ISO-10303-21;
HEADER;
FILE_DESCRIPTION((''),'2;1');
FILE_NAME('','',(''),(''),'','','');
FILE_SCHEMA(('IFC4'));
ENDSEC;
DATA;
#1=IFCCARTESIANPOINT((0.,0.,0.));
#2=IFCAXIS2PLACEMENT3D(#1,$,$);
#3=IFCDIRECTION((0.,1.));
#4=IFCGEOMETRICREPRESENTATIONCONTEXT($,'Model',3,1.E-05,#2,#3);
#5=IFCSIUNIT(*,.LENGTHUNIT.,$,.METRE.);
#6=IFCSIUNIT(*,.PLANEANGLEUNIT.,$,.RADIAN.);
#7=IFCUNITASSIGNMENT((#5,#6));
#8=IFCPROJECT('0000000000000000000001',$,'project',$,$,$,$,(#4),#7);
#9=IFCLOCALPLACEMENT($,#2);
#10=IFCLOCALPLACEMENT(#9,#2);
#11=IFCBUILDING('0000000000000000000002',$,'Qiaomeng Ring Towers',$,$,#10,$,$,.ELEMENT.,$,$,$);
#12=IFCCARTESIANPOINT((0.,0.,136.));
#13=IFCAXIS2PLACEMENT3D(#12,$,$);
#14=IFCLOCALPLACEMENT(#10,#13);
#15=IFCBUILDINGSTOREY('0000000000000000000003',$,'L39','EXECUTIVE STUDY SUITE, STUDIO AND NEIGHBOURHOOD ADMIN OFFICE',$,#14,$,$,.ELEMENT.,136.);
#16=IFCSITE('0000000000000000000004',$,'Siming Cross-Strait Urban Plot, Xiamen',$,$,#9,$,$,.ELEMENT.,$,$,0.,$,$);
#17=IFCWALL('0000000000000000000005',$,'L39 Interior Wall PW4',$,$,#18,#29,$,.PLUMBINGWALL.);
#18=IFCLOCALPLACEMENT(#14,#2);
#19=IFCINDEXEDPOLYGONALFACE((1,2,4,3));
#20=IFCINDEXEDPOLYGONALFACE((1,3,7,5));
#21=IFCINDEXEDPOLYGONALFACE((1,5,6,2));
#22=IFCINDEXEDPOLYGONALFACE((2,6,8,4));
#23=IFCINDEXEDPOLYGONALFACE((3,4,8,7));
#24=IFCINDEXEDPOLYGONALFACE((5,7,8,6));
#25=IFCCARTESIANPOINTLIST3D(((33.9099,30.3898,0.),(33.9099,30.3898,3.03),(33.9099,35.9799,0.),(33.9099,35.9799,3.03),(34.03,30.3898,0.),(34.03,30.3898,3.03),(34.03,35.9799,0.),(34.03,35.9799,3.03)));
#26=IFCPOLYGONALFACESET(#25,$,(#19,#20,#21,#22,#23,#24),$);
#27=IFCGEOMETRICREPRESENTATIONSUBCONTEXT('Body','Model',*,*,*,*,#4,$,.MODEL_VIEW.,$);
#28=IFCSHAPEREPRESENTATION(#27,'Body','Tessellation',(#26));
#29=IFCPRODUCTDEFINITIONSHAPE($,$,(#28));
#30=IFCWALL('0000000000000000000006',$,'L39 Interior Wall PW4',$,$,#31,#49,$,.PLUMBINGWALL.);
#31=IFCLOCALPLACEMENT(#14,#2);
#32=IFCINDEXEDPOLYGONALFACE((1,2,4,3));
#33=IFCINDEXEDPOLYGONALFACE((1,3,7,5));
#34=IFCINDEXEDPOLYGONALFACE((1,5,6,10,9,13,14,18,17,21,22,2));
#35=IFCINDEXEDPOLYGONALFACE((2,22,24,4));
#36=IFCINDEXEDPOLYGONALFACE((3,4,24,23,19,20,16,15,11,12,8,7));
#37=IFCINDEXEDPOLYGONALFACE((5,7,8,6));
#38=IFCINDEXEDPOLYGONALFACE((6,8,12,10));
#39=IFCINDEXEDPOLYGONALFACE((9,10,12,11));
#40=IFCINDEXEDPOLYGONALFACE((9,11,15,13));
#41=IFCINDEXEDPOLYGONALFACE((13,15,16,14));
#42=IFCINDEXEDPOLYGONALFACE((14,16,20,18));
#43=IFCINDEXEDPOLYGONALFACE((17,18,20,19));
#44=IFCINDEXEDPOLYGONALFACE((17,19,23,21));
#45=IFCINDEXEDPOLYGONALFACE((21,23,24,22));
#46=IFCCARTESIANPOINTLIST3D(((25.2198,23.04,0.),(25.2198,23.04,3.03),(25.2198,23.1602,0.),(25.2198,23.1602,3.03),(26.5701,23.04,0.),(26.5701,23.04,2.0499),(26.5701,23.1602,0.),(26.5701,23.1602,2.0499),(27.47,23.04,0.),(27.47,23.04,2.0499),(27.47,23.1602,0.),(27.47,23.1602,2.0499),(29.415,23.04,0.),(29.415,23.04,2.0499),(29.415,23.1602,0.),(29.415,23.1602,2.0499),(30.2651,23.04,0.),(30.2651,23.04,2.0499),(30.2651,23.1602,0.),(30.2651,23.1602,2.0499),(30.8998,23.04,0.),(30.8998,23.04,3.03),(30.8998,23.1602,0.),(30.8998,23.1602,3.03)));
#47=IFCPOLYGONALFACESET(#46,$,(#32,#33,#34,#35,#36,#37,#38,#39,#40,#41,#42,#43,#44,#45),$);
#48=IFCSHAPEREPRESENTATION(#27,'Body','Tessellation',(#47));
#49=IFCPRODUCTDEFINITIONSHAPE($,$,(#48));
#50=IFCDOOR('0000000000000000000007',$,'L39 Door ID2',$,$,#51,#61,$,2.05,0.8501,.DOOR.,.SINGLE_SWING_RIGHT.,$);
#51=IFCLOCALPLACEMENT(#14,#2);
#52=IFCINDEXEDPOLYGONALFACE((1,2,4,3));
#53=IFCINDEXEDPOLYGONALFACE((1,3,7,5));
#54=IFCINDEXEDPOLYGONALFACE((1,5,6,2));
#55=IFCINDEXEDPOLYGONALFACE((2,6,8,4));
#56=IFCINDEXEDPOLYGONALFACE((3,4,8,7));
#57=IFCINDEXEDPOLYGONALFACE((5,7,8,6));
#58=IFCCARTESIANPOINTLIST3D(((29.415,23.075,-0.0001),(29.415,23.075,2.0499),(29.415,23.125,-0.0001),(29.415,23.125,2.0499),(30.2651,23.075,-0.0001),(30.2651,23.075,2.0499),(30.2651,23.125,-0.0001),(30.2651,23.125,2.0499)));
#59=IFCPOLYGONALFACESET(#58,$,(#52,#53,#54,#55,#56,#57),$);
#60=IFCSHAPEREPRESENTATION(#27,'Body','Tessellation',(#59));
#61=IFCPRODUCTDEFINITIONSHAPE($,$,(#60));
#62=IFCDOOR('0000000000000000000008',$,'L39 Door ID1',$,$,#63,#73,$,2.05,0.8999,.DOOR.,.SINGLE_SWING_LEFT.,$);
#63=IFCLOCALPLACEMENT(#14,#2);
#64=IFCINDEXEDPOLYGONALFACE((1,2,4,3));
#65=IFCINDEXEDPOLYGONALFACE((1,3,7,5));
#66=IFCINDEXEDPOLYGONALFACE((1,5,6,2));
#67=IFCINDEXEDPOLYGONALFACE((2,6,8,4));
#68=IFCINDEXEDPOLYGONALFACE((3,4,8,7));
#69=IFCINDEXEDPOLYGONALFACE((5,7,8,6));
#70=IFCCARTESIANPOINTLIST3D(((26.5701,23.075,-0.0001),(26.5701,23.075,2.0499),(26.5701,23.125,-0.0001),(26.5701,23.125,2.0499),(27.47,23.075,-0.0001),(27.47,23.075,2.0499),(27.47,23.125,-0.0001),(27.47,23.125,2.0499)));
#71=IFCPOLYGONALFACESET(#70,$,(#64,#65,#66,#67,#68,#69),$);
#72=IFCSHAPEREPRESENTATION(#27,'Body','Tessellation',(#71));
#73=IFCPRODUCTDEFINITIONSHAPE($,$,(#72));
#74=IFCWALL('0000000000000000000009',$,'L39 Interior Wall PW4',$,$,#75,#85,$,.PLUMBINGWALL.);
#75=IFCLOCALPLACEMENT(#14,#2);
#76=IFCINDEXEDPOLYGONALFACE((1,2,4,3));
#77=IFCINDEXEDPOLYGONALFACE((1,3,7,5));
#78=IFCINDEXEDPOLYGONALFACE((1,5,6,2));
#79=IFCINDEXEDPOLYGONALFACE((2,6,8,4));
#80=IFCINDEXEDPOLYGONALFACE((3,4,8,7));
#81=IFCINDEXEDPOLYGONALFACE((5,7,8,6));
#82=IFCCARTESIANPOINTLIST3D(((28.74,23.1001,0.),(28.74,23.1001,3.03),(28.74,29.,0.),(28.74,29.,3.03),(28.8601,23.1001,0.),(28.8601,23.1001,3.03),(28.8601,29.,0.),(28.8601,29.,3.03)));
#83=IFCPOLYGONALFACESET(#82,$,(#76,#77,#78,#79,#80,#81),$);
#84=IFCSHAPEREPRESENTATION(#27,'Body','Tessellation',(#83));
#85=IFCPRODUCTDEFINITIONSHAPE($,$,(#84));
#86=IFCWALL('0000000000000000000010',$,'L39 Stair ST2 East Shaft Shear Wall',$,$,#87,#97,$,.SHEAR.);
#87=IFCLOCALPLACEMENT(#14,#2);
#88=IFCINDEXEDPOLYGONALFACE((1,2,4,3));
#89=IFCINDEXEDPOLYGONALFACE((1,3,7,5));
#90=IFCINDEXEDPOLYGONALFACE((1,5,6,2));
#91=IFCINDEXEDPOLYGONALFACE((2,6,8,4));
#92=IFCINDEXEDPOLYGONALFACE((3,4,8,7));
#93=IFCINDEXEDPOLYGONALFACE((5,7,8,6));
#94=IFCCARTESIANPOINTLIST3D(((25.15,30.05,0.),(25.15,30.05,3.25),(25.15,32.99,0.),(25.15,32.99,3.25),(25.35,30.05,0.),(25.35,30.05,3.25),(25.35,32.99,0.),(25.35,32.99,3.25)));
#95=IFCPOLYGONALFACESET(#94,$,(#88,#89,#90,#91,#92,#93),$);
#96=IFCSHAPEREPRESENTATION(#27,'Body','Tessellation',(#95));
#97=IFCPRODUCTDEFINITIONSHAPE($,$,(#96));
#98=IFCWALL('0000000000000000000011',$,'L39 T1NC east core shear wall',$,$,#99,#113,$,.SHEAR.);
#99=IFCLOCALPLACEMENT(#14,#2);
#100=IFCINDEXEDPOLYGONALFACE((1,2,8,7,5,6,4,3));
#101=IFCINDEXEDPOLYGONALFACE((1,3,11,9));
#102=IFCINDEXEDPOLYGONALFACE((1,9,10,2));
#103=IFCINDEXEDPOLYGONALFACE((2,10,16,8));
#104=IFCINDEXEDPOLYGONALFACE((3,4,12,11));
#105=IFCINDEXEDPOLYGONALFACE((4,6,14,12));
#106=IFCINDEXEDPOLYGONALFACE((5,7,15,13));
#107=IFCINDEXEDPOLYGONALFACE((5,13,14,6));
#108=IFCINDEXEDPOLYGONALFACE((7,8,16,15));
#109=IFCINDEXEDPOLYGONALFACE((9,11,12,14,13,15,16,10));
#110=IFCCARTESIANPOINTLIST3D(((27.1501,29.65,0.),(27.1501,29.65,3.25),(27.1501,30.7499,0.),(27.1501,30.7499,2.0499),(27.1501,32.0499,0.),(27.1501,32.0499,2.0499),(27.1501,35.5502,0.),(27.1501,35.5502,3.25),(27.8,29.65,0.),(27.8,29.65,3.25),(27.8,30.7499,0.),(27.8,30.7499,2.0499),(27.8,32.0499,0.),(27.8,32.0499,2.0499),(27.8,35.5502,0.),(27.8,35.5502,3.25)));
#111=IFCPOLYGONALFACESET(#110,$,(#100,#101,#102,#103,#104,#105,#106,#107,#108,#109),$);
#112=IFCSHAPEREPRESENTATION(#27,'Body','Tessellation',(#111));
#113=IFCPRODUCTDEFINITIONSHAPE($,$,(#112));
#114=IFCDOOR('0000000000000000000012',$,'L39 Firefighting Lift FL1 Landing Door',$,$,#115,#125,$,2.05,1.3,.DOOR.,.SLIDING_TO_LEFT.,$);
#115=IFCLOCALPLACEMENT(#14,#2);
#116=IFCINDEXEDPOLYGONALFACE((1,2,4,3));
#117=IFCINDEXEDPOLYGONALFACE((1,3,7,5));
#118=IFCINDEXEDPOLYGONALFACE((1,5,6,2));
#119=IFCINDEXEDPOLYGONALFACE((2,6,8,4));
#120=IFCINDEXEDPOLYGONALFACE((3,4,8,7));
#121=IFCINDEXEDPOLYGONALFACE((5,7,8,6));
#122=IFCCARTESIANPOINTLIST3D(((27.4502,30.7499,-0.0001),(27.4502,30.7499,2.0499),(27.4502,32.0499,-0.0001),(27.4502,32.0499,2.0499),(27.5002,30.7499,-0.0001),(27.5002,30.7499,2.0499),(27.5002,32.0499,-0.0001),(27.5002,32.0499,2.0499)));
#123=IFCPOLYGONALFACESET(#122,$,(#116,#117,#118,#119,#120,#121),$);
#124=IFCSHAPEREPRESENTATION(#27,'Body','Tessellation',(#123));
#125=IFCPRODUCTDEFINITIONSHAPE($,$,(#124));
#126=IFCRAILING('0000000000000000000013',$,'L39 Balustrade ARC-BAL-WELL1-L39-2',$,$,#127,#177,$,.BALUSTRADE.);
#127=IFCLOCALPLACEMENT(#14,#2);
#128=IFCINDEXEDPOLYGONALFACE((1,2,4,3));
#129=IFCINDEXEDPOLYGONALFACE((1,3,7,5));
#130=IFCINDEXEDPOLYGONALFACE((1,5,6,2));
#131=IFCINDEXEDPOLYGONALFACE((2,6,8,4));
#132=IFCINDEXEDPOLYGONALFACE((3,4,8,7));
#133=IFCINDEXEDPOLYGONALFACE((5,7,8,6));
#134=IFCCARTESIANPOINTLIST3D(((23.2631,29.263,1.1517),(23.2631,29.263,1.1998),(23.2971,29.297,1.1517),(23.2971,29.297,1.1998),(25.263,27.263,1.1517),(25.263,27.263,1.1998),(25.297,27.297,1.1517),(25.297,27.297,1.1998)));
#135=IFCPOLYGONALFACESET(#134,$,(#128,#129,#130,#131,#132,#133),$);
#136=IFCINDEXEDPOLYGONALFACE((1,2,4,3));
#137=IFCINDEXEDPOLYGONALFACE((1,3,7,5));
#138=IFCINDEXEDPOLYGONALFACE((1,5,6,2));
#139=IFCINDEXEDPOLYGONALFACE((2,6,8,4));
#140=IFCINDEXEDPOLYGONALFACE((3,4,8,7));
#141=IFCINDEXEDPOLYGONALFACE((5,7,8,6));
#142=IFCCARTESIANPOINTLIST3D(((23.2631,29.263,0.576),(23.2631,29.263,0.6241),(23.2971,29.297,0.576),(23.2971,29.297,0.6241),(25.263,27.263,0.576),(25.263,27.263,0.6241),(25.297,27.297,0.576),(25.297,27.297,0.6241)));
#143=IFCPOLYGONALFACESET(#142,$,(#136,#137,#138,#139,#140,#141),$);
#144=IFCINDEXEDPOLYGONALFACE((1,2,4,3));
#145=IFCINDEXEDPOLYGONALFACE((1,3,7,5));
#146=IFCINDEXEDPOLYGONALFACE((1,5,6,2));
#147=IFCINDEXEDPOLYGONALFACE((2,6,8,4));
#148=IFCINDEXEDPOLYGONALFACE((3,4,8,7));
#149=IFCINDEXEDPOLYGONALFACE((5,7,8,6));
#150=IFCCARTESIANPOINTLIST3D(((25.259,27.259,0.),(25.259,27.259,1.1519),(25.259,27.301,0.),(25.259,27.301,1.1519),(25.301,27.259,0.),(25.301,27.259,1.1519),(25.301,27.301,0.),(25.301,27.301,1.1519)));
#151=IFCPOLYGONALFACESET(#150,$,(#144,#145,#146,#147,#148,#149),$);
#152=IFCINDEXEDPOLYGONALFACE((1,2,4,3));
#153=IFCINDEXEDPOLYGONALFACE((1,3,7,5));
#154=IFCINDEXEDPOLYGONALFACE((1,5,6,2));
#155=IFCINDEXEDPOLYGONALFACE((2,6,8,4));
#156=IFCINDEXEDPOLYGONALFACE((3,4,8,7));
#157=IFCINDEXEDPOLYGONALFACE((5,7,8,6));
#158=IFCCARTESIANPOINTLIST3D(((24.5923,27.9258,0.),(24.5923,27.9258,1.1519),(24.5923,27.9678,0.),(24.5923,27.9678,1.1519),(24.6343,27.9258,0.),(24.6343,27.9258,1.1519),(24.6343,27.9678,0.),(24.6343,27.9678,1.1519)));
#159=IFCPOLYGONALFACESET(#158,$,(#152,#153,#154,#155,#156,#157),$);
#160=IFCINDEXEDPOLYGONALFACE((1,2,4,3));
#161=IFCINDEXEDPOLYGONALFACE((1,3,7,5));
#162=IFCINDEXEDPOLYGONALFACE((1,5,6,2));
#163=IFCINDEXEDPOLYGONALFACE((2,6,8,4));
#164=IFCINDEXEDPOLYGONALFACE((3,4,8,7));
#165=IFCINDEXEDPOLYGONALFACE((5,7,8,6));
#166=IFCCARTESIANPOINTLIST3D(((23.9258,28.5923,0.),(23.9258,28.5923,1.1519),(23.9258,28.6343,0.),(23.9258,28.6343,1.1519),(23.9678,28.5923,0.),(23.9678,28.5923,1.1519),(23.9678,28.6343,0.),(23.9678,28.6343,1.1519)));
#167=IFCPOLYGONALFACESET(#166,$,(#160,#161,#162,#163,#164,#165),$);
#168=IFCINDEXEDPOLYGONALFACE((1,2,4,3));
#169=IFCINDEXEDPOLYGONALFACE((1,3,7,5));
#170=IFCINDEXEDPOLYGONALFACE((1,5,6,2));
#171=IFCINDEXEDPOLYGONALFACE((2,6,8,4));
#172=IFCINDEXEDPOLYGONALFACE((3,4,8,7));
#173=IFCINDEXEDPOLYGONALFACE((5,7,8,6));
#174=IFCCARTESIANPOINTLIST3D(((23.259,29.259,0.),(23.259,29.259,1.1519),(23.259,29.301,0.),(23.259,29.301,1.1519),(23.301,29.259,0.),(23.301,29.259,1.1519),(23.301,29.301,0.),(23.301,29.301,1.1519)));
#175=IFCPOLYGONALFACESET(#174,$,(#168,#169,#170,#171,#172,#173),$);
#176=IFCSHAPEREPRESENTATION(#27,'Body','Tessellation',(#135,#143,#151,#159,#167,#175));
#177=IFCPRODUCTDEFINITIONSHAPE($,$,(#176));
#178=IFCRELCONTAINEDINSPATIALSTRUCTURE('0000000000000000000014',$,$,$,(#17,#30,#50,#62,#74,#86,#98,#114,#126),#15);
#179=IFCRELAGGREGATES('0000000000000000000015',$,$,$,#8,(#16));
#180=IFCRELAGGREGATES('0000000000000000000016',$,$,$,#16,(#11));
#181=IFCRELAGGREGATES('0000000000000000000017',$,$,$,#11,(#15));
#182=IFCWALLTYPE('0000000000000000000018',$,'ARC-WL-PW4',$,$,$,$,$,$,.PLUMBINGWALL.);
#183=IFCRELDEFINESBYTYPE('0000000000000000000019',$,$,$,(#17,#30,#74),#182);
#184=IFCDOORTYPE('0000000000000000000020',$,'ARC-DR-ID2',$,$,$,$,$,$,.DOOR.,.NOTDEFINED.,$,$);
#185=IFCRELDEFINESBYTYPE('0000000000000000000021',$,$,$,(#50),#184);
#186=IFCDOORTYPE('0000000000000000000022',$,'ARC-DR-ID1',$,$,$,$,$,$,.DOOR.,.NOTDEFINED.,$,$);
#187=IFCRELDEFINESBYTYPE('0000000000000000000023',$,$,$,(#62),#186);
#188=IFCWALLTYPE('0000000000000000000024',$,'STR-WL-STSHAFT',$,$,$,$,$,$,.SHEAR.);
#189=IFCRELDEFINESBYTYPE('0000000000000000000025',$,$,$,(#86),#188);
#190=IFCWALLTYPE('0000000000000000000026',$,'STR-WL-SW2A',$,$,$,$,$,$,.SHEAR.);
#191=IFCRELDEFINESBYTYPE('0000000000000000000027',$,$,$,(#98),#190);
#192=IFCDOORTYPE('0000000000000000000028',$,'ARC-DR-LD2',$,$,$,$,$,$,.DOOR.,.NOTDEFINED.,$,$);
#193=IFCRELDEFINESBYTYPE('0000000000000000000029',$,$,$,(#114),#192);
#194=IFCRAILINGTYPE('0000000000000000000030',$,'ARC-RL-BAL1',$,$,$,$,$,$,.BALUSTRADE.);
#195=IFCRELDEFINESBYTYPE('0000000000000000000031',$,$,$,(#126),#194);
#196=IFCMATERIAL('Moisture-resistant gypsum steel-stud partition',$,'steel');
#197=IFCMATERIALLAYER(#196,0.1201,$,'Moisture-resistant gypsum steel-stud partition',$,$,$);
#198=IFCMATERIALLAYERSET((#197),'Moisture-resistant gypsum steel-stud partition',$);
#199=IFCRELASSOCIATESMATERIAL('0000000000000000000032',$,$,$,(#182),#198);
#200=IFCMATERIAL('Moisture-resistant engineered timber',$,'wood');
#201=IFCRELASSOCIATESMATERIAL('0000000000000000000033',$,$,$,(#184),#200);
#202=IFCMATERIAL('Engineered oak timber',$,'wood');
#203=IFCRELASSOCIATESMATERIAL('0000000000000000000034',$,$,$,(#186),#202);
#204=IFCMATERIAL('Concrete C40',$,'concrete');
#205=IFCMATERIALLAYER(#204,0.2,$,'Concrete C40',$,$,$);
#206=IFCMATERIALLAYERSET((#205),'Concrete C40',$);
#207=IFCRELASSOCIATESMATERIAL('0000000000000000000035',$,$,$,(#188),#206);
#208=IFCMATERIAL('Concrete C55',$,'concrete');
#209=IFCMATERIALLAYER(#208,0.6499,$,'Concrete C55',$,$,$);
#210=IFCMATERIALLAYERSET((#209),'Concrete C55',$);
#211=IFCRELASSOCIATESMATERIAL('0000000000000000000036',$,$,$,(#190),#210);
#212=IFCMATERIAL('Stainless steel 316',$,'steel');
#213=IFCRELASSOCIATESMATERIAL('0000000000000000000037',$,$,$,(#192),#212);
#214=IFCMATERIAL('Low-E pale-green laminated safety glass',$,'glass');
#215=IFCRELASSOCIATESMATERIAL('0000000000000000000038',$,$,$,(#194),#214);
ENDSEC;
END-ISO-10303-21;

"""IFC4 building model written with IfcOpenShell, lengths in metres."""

from ifc_helpers import new_model, si_unit, direction, frame, frame_2d, origin, origin_2d, place, context, subcontext, project, spatial, rectangle, extrude, source, transform, mapped, material, layer, layer_set, type_object, element, fill, save


model = new_model("IFC4")

# Units and contexts
model_context = context("Model", 3, precision=1e-05, world=origin(), true_north=direction((0.0, 1.0)))
body_context = subcontext(model_context, "Body", "Model", "MODEL_VIEW")
ifc_project = project(units=[si_unit("LENGTHUNIT", "METRE"), si_unit("PLANEANGLEUNIT", "RADIAN")], contexts=[model_context])

# Site, building, storey
site_placement = place(None, origin())
site = spatial("IfcSite", under=ifc_project, at=site_placement, Name="Siming Cross-Strait Urban Plot, Xiamen", CompositionType="ELEMENT", RefElevation=0.0)
building_placement = place(site_placement, origin())
building = spatial("IfcBuilding", under=site, at=building_placement, Name="Qiaomeng Ring Towers", CompositionType="ELEMENT")
storey_placement = place(building_placement, frame((0.0, 0.0, 136.0)))
storey = spatial("IfcBuildingStorey", under=building, at=storey_placement, Name="L39", Description="EXECUTIVE STUDY SUITE, STUDIO AND NEIGHBOURHOOD ADMIN OFFICE", CompositionType="ELEMENT", Elevation=136.0)

# Shared definitions
ifc_material_1 = material(Name="Concrete C55", Category="concrete")

# Shared definitions
ifc_material_2 = material(Name="Moisture-resistant gypsum steel-stud partition", Category="steel")
ifc_layer_1 = layer(ifc_material_2, 0.1201, Name="Moisture-resistant gypsum steel-stud partition")
ifc_layer_set_1 = layer_set([ifc_layer_1], Name="Moisture-resistant gypsum steel-stud partition")
wall_type_1 = type_object("IfcWallType", Name="ARC-WL-PW4", PredefinedType="PLUMBINGWALL", material=ifc_layer_set_1)
ifc_material_3 = material(Name="Moisture-resistant engineered timber", Category="wood")
door_type_1 = type_object("IfcDoorType", Name="ARC-DR-ID2", OperationType="NOTDEFINED", PredefinedType="DOOR", material=ifc_material_3)
shared_shape_1 = source(origin(), body_context, "Body", "SweptSolid", [
    extrude(rectangle(XDim=0.8501, YDim=2.05, at=frame_2d((0.425, 1.0249))), frame((0.0, 0.0249, 0.0), z_axis=(0.0, -1.0, 0.0), x_axis=(1.0, 0.0, 0.0)), (0.0, 0.0, 1.0), 0.05),
])
ifc_material_4 = material(Name="Engineered oak timber", Category="wood")
door_type_2 = type_object("IfcDoorType", Name="ARC-DR-ID1", OperationType="NOTDEFINED", PredefinedType="DOOR", material=ifc_material_4)
shared_shape_2 = source(origin(), body_context, "Body", "SweptSolid", [
    extrude(rectangle(XDim=0.8999, YDim=2.05, at=frame_2d((0.45, 1.0249))), frame((0.0, 0.0249, 0.0), z_axis=(0.0, -1.0, 0.0), x_axis=(1.0, 0.0, 0.0)), (0.0, 0.0, 1.0), 0.05),
])

# Wall
wall_1_placement = place(storey_placement, frame((33.97, 30.3899, 0.0), z_axis=(0.0, 0.0, 1.0), x_axis=(0.0, 1.0, 0.0)))
element("IfcWall", 1, at=wall_1_placement, inside=storey, type_object=wall_type_1, Name="L39 Interior Wall PW4", PredefinedType="PLUMBINGWALL", context=body_context, shape_type="SweptSolid", body=[
    extrude(rectangle(XDim=5.5901, YDim=0.1201, at=frame_2d((2.7949, 0.0))), origin(), (0.0, 0.0, 1.0), 3.03),
])

# Wall, openings, doors
wall_2_placement = place(storey_placement, frame((25.22, 23.1001, 0.0), z_axis=(0.0, 0.0, 1.0), x_axis=(1.0, 0.0, 0.0)))
wall_2 = element("IfcWall", 2, at=wall_2_placement, inside=storey, type_object=wall_type_1, Name="L39 Interior Wall PW4", PredefinedType="PLUMBINGWALL", context=body_context, shape_type="SweptSolid", body=[
    extrude(rectangle(XDim=5.6799, YDim=0.1201, at=frame_2d((2.8398, 0.0))), origin(), (0.0, 0.0, 1.0), 3.03),
])
opening_1_placement = place(wall_2_placement, frame((1.3501, 0.0, 0.0)))
opening_1 = element("IfcOpeningElement", 3, at=opening_1_placement, cuts=wall_2, PredefinedType="OPENING", context=body_context, shape_type="SweptSolid", body=[
    extrude(rectangle(XDim=0.8999, YDim=2.05, at=frame_2d((0.45, 1.0249))), frame((0.0, 0.0701, 0.0), z_axis=(0.0, -1.0, 0.0), x_axis=(1.0, 0.0, 0.0)), (0.0, 0.0, 1.0), 0.1401),
])
opening_2_placement = place(wall_2_placement, frame((4.1951, 0.0, 0.0)))
opening_2 = element("IfcOpeningElement", 4, at=opening_2_placement, cuts=wall_2, PredefinedType="OPENING", context=body_context, shape_type="SweptSolid", body=[
    extrude(rectangle(XDim=0.8501, YDim=2.05, at=frame_2d((0.425, 1.0249))), frame((0.0, 0.0701, 0.0), z_axis=(0.0, -1.0, 0.0), x_axis=(1.0, 0.0, 0.0)), (0.0, 0.0, 1.0), 0.1401),
])
door_1_placement = place(opening_2_placement, origin())
door_1 = element("IfcDoor", 5, at=door_1_placement, inside=storey, type_object=door_type_1, Name="L39 Door ID2", OperationType="SINGLE_SWING_RIGHT", OverallHeight=2.05, OverallWidth=0.8501, PredefinedType="DOOR", context=body_context, shape_type="MappedRepresentation", body=[
    mapped(shared_shape_1, transform((0.0, 0.0, 0.0), x_axis=(1.0, 0.0, 0.0), y_axis=(0.0, 1.0, 0.0), z_axis=(0.0, 0.0, 1.0), scale=1.0)),
])
fill(opening_2, door_1)
door_2_placement = place(opening_1_placement, origin())
door_2 = element("IfcDoor", 6, at=door_2_placement, inside=storey, type_object=door_type_2, Name="L39 Door ID1", OperationType="SINGLE_SWING_LEFT", OverallHeight=2.05, OverallWidth=0.8999, PredefinedType="DOOR", context=body_context, shape_type="MappedRepresentation", body=[
    mapped(shared_shape_2, transform((0.0, 0.0, 0.0), x_axis=(1.0, 0.0, 0.0), y_axis=(0.0, 1.0, 0.0), z_axis=(0.0, 0.0, 1.0), scale=1.0)),
])
fill(opening_1, door_2)

# Walls
wall_3_placement = place(storey_placement, frame((28.8, 23.1001, 0.0), z_axis=(0.0, 0.0, 1.0), x_axis=(0.0, 1.0, 0.0)))
element("IfcWall", 7, at=wall_3_placement, inside=storey, type_object=wall_type_1, Name="L39 Interior Wall PW4", PredefinedType="PLUMBINGWALL", context=body_context, shape_type="SweptSolid", body=[
    extrude(rectangle(XDim=5.8999, YDim=0.1201, at=frame_2d((2.95, 0.0))), origin(), (0.0, 0.0, 1.0), 3.03),
])
ifc_material_5 = material(Name="Concrete C40", Category="concrete")
ifc_layer_2 = layer(ifc_material_5, 0.2, Name="Concrete C40")
ifc_layer_set_2 = layer_set([ifc_layer_2], Name="Concrete C40")
wall_type_2 = type_object("IfcWallType", Name="STR-WL-STSHAFT", PredefinedType="SHEAR", material=ifc_layer_set_2)
wall_4_placement = place(storey_placement, frame((25.25, 30.05, 0.0), z_axis=(0.0, 0.0, 1.0), x_axis=(0.0, 1.0, 0.0)))
element("IfcWall", 8, at=wall_4_placement, inside=storey, type_object=wall_type_2, Name="L39 Stair ST2 East Shaft Shear Wall", PredefinedType="SHEAR", context=body_context, shape_type="SweptSolid", body=[
    extrude(rectangle(XDim=2.9399, YDim=0.2, at=frame_2d((1.47, 0.0))), origin(), (0.0, 0.0, 1.0), 3.25),
])

# Wall, opening, door
ifc_layer_3 = layer(ifc_material_1, 0.6499, Name="Concrete C55")
ifc_layer_set_3 = layer_set([ifc_layer_3], Name="Concrete C55")
wall_type_3 = type_object("IfcWallType", Name="STR-WL-SW2A", PredefinedType="SHEAR", material=ifc_layer_set_3)
wall_5_placement = place(storey_placement, frame((27.4751, 29.6499, 0.0), z_axis=(0.0, 0.0, 1.0), x_axis=(0.0, 1.0, 0.0)))
wall_5 = element("IfcWall", 9, at=wall_5_placement, inside=storey, type_object=wall_type_3, Name="L39 T1NC east core shear wall", PredefinedType="SHEAR", context=body_context, shape_type="SweptSolid", body=[
    extrude(rectangle(XDim=5.9001, YDim=0.6499, at=frame_2d((2.9502, 0.0))), origin(), (0.0, 0.0, 1.0), 3.25),
])
opening_3_placement = place(wall_5_placement, frame((1.1001, 0.0, 0.0)))
opening_3 = element("IfcOpeningElement", 10, at=opening_3_placement, cuts=wall_5, PredefinedType="OPENING", context=body_context, shape_type="SweptSolid", body=[
    extrude(rectangle(XDim=1.3, YDim=2.05, at=frame_2d((0.6499, 1.0249))), frame((0.0, 0.335, 0.0), z_axis=(0.0, -1.0, 0.0), x_axis=(1.0, 0.0, 0.0)), (0.0, 0.0, 1.0), 0.6699),
])
ifc_material_6 = material(Name="Stainless steel 316", Category="steel")
door_type_3 = type_object("IfcDoorType", Name="ARC-DR-LD2", OperationType="NOTDEFINED", PredefinedType="DOOR", material=ifc_material_6)
shared_shape_3 = source(origin(), body_context, "Body", "SweptSolid", [
    extrude(rectangle(XDim=1.3, YDim=2.05, at=frame_2d((0.6499, 1.0249))), frame((0.0, 0.0249, 0.0), z_axis=(0.0, -1.0, 0.0), x_axis=(1.0, 0.0, 0.0)), (0.0, 0.0, 1.0), 0.05),
])
door_3_placement = place(opening_3_placement, origin())
door_3 = element("IfcDoor", 11, at=door_3_placement, inside=storey, type_object=door_type_3, Name="L39 Firefighting Lift FL1 Landing Door", OperationType="SLIDING_TO_LEFT", OverallHeight=2.05, OverallWidth=1.3, PredefinedType="DOOR", context=body_context, shape_type="MappedRepresentation", body=[
    mapped(shared_shape_3, transform((0.0, 0.0, 0.0), x_axis=(1.0, 0.0, 0.0), y_axis=(0.0, 1.0, 0.0), z_axis=(0.0, 0.0, 1.0), scale=1.0)),
])
fill(opening_3, door_3)

# Railing
ifc_material_7 = material(Name="Low-E pale-green laminated safety glass", Category="glass")
railing_type = type_object("IfcRailingType", Name="ARC-RL-BAL1", PredefinedType="BALUSTRADE", material=ifc_material_7)
railing_placement = place(storey_placement, frame((25.28, 27.28, 0.0)))
element("IfcRailing", 12, at=railing_placement, inside=storey, type_object=railing_type, Name="L39 Balustrade ARC-BAL-WELL1-L39-2", PredefinedType="BALUSTRADE", context=body_context, shape_type="SweptSolid", body=[
    extrude(rectangle(XDim=0.0481, YDim=0.0481, at=origin_2d()), frame((0.0, 0.0, 1.1758), z_axis=(-0.707107, 0.707107, 0.0), x_axis=(-0.707107, -0.707107, 0.0)), (0.0, 0.0, 1.0), 2.8284),
    extrude(rectangle(XDim=0.0481, YDim=0.0481, at=origin_2d()), frame((0.0, 0.0, 0.6001), z_axis=(-0.707107, 0.707107, 0.0), x_axis=(-0.707107, -0.707107, 0.0)), (0.0, 0.0, 1.0), 2.8284),
    extrude(rectangle(XDim=0.042, YDim=0.042, at=origin_2d()), origin(), (0.0, 0.0, 1.0), 1.1519),
    extrude(rectangle(XDim=0.042, YDim=0.042, at=origin_2d()), frame((-0.6667, 0.6667, 0.0)), (0.0, 0.0, 1.0), 1.1519),
    extrude(rectangle(XDim=0.042, YDim=0.042, at=origin_2d()), frame((-1.3333, 1.3333, 0.0)), (0.0, 0.0, 1.0), 1.1519),
    extrude(rectangle(XDim=0.042, YDim=0.042, at=origin_2d()), frame((-2.0, 2.0, 0.0)), (0.0, 0.0, 1.0), 1.1519),
])

save(model, "model.ifc")
